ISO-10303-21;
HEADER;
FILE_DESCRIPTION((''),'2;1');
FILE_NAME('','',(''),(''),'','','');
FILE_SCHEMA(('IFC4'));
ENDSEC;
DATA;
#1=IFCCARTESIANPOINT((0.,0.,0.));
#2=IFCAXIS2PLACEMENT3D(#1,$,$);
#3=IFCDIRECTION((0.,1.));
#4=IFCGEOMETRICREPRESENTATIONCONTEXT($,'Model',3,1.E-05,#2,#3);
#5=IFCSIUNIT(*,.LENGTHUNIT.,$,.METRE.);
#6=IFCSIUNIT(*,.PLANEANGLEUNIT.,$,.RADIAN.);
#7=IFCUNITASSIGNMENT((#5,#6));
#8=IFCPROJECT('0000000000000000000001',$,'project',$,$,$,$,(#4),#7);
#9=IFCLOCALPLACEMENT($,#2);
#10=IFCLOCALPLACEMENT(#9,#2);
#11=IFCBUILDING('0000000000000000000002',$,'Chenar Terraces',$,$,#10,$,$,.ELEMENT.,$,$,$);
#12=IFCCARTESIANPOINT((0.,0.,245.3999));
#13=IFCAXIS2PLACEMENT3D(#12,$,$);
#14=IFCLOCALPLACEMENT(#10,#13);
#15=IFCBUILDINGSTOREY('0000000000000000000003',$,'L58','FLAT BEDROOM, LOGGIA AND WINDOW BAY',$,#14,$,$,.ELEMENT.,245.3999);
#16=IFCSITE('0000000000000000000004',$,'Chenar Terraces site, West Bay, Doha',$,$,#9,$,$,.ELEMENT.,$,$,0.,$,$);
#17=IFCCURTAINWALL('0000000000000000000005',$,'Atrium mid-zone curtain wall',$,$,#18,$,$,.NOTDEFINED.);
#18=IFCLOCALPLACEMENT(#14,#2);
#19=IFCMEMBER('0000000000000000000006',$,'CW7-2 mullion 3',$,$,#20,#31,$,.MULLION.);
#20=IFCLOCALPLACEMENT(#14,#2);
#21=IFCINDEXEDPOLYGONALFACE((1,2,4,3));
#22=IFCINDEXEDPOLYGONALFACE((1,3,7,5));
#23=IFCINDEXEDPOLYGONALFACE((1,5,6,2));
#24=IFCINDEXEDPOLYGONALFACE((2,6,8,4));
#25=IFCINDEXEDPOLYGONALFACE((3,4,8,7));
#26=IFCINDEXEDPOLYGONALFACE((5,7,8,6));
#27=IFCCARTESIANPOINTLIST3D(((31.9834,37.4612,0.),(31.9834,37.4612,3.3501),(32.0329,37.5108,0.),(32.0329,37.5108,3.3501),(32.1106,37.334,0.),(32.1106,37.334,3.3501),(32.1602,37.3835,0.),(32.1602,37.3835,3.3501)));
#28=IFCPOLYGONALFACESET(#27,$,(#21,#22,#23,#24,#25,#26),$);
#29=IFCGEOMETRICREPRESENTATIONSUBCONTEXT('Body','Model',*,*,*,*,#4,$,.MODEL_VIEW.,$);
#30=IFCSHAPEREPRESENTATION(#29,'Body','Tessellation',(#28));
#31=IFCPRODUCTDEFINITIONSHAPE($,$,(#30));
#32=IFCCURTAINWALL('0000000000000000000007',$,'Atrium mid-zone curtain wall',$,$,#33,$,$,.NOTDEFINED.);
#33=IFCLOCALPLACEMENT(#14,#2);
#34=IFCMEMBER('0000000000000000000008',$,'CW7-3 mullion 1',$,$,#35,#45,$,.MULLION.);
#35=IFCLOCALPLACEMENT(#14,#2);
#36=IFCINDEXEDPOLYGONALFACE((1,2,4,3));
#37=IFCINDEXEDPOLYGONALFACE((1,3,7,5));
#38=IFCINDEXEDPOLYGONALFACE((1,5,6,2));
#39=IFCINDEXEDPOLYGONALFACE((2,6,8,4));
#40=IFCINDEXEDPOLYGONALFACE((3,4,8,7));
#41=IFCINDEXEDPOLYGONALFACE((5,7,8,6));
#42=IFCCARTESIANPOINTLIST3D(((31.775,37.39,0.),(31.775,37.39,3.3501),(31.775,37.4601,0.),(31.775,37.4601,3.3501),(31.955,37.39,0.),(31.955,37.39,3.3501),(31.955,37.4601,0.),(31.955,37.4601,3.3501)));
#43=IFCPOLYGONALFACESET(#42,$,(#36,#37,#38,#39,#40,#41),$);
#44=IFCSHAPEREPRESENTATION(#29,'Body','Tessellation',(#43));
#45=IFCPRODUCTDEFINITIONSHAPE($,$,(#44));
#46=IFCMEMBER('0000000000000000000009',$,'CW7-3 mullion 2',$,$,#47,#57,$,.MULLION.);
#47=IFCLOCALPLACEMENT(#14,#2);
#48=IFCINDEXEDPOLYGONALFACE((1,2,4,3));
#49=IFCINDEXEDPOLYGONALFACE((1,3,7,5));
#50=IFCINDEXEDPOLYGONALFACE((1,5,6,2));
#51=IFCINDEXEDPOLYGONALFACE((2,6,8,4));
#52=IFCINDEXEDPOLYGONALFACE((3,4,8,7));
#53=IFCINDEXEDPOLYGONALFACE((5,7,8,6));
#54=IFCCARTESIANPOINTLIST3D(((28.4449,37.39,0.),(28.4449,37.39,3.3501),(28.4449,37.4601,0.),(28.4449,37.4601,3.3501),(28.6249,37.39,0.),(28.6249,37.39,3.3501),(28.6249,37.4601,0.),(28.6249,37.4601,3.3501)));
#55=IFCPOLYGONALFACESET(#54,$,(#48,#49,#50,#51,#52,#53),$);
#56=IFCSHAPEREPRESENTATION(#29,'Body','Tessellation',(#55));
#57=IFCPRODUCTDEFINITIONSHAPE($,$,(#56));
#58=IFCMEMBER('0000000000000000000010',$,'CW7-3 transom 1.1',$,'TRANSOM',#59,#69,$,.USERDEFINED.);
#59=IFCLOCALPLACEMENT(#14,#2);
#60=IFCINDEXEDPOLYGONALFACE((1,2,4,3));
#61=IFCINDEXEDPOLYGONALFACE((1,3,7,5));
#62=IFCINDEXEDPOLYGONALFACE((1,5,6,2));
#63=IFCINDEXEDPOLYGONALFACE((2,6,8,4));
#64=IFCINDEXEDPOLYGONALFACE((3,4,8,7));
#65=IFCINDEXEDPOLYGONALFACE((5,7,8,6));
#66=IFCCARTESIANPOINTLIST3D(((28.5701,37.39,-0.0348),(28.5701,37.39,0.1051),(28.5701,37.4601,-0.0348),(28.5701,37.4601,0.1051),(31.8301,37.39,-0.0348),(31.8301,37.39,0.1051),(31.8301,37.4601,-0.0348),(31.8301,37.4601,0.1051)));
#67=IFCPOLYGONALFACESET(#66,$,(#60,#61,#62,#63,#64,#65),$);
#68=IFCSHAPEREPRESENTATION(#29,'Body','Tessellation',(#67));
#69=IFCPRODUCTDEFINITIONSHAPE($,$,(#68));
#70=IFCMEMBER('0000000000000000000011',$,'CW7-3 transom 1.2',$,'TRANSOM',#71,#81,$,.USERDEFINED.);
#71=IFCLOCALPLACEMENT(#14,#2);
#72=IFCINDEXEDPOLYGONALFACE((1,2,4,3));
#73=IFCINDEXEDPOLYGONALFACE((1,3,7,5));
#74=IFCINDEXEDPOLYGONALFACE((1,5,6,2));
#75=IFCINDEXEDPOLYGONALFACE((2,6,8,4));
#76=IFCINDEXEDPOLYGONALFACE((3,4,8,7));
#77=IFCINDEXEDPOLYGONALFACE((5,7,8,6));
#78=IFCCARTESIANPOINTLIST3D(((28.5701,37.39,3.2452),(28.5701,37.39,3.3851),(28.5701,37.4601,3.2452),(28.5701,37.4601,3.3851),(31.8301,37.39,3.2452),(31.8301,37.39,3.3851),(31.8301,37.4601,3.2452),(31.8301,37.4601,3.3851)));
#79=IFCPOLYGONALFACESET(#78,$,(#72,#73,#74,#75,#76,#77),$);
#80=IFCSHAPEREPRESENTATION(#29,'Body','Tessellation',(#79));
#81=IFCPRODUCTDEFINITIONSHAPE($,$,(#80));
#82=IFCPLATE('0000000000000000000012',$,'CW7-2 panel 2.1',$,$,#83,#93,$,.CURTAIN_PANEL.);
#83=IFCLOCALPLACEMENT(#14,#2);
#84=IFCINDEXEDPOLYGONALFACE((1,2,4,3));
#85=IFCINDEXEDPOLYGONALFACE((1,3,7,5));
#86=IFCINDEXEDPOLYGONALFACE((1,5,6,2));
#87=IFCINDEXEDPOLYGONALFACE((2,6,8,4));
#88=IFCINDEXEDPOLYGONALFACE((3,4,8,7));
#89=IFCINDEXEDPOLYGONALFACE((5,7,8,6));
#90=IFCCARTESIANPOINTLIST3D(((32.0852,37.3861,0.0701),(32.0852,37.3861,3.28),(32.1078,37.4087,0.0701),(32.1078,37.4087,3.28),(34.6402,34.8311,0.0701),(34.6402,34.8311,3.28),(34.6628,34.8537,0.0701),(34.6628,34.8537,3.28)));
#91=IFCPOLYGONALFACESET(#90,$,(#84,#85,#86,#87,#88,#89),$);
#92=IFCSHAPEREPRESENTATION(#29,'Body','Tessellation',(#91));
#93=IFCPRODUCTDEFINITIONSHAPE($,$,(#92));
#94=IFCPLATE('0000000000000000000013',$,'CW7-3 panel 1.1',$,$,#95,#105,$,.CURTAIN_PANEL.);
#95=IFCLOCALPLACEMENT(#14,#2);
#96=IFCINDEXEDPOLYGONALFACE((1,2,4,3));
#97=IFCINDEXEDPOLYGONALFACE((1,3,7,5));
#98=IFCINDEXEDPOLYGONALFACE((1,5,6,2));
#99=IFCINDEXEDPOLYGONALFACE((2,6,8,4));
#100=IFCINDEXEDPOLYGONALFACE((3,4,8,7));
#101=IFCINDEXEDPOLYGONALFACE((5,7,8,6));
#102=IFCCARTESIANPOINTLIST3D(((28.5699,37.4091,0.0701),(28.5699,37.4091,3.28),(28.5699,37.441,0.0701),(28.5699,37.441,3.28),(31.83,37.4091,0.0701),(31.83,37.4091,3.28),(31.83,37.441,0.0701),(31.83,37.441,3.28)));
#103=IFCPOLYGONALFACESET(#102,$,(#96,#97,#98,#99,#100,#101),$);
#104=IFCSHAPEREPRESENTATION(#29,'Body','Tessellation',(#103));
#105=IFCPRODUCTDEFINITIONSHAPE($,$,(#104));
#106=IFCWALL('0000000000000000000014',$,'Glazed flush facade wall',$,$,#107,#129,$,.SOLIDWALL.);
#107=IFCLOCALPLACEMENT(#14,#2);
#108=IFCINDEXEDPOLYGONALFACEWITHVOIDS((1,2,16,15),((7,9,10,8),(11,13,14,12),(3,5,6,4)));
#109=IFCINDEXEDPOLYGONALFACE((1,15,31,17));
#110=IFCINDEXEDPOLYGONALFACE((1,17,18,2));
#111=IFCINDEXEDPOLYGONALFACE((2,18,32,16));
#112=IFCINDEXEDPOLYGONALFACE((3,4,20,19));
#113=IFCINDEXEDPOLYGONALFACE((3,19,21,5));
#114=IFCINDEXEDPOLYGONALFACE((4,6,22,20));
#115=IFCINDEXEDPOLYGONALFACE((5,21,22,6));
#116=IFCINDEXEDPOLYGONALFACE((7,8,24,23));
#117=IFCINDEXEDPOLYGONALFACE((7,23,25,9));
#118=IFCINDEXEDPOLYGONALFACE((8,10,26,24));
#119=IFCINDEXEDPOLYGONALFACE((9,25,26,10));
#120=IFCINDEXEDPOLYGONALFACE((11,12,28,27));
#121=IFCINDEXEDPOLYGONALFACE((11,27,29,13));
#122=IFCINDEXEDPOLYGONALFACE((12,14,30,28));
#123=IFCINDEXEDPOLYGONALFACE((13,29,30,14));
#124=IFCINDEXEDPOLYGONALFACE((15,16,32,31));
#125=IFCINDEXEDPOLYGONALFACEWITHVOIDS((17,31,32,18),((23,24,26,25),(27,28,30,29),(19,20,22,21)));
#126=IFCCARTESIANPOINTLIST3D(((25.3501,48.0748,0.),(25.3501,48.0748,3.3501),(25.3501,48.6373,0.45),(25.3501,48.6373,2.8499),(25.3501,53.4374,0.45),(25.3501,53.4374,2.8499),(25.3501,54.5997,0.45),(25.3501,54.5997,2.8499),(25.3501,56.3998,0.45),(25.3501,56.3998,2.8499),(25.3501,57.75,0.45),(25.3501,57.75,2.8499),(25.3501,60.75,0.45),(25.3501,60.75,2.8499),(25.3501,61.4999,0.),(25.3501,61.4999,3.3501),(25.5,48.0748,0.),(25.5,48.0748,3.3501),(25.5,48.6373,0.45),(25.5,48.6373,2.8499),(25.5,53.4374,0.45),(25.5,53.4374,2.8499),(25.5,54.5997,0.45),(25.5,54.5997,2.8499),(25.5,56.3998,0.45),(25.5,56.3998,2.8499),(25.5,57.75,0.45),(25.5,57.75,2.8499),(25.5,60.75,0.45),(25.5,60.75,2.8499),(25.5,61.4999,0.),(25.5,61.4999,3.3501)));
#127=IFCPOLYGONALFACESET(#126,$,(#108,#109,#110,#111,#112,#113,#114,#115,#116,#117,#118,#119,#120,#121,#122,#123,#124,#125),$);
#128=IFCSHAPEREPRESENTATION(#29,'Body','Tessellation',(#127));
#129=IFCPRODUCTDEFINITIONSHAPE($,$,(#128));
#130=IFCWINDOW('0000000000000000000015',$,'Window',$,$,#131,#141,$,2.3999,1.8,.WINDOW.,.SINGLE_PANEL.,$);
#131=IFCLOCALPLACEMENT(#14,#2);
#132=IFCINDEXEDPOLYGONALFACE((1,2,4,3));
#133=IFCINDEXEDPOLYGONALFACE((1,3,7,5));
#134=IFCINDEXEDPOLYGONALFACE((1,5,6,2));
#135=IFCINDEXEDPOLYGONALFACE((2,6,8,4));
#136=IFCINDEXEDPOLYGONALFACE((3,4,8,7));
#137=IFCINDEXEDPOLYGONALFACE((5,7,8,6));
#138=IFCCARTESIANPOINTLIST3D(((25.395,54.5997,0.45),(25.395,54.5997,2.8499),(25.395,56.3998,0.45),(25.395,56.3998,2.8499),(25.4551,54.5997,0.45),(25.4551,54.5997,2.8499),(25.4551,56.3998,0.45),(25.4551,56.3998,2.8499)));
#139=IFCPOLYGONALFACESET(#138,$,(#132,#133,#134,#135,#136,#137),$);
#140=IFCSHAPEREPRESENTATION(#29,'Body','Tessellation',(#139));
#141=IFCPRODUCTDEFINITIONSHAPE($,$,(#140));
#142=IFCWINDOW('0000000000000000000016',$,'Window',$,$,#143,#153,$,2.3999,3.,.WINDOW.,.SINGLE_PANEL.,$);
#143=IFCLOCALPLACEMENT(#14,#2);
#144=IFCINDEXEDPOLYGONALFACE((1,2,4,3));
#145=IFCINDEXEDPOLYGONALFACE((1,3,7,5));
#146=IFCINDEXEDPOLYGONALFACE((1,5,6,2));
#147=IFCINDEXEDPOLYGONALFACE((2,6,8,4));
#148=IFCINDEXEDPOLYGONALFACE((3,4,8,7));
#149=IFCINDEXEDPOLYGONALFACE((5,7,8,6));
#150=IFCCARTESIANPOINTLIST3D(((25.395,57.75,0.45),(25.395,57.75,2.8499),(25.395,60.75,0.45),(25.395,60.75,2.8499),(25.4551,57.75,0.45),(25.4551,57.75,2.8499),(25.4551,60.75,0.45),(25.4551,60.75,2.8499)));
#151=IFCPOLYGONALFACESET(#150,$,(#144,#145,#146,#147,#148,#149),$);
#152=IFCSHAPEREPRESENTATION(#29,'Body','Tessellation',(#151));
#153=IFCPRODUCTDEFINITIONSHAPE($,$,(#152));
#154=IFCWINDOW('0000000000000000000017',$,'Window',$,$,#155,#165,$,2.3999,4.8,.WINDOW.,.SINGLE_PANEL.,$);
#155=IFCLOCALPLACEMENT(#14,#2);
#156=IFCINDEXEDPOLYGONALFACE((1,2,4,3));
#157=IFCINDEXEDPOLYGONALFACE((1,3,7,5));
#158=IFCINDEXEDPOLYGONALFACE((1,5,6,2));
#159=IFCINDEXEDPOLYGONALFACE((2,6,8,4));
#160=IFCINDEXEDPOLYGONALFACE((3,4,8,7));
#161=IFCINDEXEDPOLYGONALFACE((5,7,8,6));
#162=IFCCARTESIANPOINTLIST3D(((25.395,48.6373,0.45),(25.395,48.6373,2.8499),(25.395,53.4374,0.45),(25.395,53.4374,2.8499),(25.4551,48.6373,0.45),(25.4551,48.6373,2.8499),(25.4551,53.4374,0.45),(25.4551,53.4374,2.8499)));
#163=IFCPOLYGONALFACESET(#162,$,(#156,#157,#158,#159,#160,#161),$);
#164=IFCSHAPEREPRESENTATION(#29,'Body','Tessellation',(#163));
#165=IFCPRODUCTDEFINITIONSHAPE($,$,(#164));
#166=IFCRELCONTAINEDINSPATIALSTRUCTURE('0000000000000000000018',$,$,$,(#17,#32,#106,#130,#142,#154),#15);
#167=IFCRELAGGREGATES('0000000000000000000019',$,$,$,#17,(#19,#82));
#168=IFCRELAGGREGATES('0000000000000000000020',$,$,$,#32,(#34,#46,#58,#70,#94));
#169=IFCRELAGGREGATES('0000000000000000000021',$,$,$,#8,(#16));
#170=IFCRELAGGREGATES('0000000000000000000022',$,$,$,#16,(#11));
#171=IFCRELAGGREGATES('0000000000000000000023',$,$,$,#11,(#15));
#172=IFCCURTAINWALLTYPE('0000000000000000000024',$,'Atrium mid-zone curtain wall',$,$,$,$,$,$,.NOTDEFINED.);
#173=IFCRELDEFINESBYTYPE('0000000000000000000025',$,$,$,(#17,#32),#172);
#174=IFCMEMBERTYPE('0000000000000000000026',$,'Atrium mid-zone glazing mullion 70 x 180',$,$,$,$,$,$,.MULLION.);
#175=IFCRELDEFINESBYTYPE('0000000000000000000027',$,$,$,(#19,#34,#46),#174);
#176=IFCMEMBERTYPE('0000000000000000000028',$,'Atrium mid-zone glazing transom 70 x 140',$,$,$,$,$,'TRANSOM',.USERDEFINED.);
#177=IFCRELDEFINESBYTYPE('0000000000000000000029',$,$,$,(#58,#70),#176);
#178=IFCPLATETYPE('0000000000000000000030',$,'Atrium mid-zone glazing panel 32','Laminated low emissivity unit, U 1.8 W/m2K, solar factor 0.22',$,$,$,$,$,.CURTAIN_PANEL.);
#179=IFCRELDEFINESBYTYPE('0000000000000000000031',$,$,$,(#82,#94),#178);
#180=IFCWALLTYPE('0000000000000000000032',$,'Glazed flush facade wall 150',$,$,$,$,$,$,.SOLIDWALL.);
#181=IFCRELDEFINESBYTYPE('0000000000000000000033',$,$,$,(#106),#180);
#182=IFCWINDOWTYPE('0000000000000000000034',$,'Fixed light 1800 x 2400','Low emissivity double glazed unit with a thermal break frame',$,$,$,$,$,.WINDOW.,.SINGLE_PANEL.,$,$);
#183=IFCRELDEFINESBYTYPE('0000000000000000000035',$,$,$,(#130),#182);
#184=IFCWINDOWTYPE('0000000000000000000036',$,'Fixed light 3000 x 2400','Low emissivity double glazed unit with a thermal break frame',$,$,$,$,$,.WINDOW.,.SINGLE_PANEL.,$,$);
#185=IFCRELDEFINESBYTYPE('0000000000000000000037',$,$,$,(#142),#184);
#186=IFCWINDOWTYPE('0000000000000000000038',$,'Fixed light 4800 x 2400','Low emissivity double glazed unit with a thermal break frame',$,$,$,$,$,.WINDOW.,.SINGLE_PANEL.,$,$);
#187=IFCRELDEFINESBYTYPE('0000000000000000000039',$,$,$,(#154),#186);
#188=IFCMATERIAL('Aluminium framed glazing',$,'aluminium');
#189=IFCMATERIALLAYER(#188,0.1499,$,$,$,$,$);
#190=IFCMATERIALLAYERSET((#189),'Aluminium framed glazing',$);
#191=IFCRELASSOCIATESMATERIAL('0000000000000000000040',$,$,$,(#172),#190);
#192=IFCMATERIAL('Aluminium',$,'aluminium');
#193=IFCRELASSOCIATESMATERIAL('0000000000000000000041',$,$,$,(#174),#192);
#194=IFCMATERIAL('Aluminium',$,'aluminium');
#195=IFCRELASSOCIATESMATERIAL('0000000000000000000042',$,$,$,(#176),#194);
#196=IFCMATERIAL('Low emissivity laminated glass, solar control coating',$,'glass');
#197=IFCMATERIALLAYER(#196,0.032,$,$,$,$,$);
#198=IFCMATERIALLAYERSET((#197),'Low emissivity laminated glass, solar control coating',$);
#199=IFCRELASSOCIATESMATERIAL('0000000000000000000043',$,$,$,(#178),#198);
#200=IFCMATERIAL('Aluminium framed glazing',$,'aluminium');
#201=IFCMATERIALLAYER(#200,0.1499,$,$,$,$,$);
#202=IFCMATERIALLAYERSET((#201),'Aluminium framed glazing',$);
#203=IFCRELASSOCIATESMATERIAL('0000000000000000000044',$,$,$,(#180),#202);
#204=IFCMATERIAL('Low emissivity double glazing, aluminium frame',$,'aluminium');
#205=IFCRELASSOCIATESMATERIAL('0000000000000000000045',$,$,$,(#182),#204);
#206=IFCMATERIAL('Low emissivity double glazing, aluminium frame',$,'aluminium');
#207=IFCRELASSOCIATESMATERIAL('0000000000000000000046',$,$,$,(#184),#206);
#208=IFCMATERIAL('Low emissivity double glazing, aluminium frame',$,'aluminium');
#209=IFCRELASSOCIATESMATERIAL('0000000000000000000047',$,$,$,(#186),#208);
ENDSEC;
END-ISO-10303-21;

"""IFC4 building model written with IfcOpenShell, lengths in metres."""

from ifc_helpers import new_model, si_unit, direction, frame, frame_2d, origin, origin_2d, place, context, subcontext, project, spatial, rectangle, extrude, material, layer, layer_set, material_profile, profile_set, type_object, element, fill, aggregate, save


model = new_model("IFC4")

# Units and contexts
model_context = context("Model", 3, precision=1e-05, world=origin(), true_north=direction((0.0, 1.0)))
body_context = subcontext(model_context, "Body", "Model", "MODEL_VIEW")
ifc_project = project(units=[si_unit("LENGTHUNIT", "METRE"), si_unit("PLANEANGLEUNIT", "RADIAN")], contexts=[model_context])

# Site, building, storey
site_placement = place(None, origin())
site = spatial("IfcSite", under=ifc_project, at=site_placement, Name="Chenar Terraces site, West Bay, Doha", CompositionType="ELEMENT", RefElevation=0.0)
building_placement = place(site_placement, origin())
building = spatial("IfcBuilding", under=site, at=building_placement, Name="Chenar Terraces", CompositionType="ELEMENT")
storey_placement = place(building_placement, frame((0.0, 0.0, 245.3999)))
storey = spatial("IfcBuildingStorey", under=building, at=storey_placement, Name="L58", Description="FLAT BEDROOM, LOGGIA AND WINDOW BAY", CompositionType="ELEMENT", Elevation=245.3999)

# Curtain wall, member
ifc_material_1 = material(Name="Aluminium framed glazing", Category="aluminium")
ifc_layer_1 = layer(ifc_material_1, 0.1499)
ifc_layer_set_1 = layer_set([ifc_layer_1], Name="Aluminium framed glazing")
curtain_wall_type = type_object("IfcCurtainWallType", Name="Atrium mid-zone curtain wall", PredefinedType="NOTDEFINED", material=ifc_layer_set_1)
placement = place(storey_placement, origin())
curtain_wall_1 = element("IfcCurtainWall", 1, at=placement, inside=storey, type_object=curtain_wall_type, Name="Atrium mid-zone curtain wall", PredefinedType="NOTDEFINED")
ifc_material_2 = material(Name="Aluminium", Category="aluminium")
ifc_material_profile_1 = material_profile(ifc_material_2, rectangle(XDim=0.0701, YDim=0.1799, at=origin_2d()), Name="Atrium mid-zone glazing mullion 70 x 180")
ifc_profile_set_1 = profile_set([ifc_material_profile_1], Name="Aluminium")
member_type_1 = type_object("IfcMemberType", Name="Atrium mid-zone glazing mullion 70 x 180", PredefinedType="MULLION", material=ifc_profile_set_1)
member_1_placement = place(storey_placement, frame((32.0718, 37.4224, 0.0), z_axis=(0.0, 0.0, 1.0), x_axis=(-0.707107, -0.707107, 0.0)))
member_1 = element("IfcMember", 2, at=member_1_placement, type_object=member_type_1, Name="CW7-2 mullion 3", PredefinedType="MULLION", context=body_context, shape_type="SweptSolid", body=[
    extrude(rectangle(XDim=0.0701, YDim=0.1799, at=origin_2d()), origin(), (0.0, 0.0, 1.0), 3.3501),
])

# Curtain wall, members
curtain_wall_2 = element("IfcCurtainWall", 3, at=placement, inside=storey, type_object=curtain_wall_type, Name="Atrium mid-zone curtain wall", PredefinedType="NOTDEFINED")
member_2_placement = place(storey_placement, frame((31.865, 37.425, 0.0), z_axis=(0.0, 0.0, 1.0), x_axis=(0.0, -1.0, 0.0)))
member_2 = element("IfcMember", 4, at=member_2_placement, type_object=member_type_1, Name="CW7-3 mullion 1", PredefinedType="MULLION", context=body_context, shape_type="SweptSolid", body=[
    extrude(rectangle(XDim=0.0701, YDim=0.1799, at=origin_2d()), origin(), (0.0, 0.0, 1.0), 3.3501),
])
member_3_placement = place(storey_placement, frame((28.5349, 37.425, 0.0), z_axis=(0.0, 0.0, 1.0), x_axis=(0.0, -1.0, 0.0)))
member_3 = element("IfcMember", 5, at=member_3_placement, type_object=member_type_1, Name="CW7-3 mullion 2", PredefinedType="MULLION", context=body_context, shape_type="SweptSolid", body=[
    extrude(rectangle(XDim=0.0701, YDim=0.1799, at=origin_2d()), origin(), (0.0, 0.0, 1.0), 3.3501),
])
ifc_material_3 = material(Name="Aluminium", Category="aluminium")
ifc_material_profile_2 = material_profile(ifc_material_3, rectangle(XDim=0.0701, YDim=0.1399, at=origin_2d()), Name="Atrium mid-zone glazing transom 70 x 140")
ifc_profile_set_2 = profile_set([ifc_material_profile_2], Name="Aluminium")
member_type_2 = type_object("IfcMemberType", Name="Atrium mid-zone glazing transom 70 x 140", ElementType="TRANSOM", PredefinedType="USERDEFINED", material=ifc_profile_set_2)
member_4_placement = place(storey_placement, frame((31.8301, 37.425, 0.0352), z_axis=(-1.0, 0.0, 0.0), x_axis=(0.0, -1.0, 0.0)))
member_4 = element("IfcMember", 6, at=member_4_placement, type_object=member_type_2, Name="CW7-3 transom 1.1", ObjectType="TRANSOM", PredefinedType="USERDEFINED", context=body_context, shape_type="SweptSolid", body=[
    extrude(rectangle(XDim=0.0701, YDim=0.1399, at=origin_2d()), origin(), (0.0, 0.0, 1.0), 3.26),
])
member_5_placement = place(storey_placement, frame((31.8301, 37.425, 3.3152), z_axis=(-1.0, 0.0, 0.0), x_axis=(0.0, -1.0, 0.0)))
member_5 = element("IfcMember", 7, at=member_5_placement, type_object=member_type_2, Name="CW7-3 transom 1.2", ObjectType="TRANSOM", PredefinedType="USERDEFINED", context=body_context, shape_type="SweptSolid", body=[
    extrude(rectangle(XDim=0.0701, YDim=0.1399, at=origin_2d()), origin(), (0.0, 0.0, 1.0), 3.26),
])

# Plates
ifc_material_4 = material(Name="Low emissivity laminated glass, solar control coating", Category="glass")
ifc_layer_2 = layer(ifc_material_4, 0.032)
ifc_layer_set_2 = layer_set([ifc_layer_2], Name="Low emissivity laminated glass, solar control coating")
plate_type = type_object("IfcPlateType", Name="Atrium mid-zone glazing panel 32", Description="Laminated low emissivity unit, U 1.8 W/m2K, solar factor 0.22", PredefinedType="CURTAIN_PANEL", material=ifc_layer_set_2)
plate_1_placement = place(storey_placement, frame((33.374, 36.1199, 0.0701), z_axis=(0.0, 0.0, 1.0), x_axis=(-0.707107, 0.707107, 0.0)))
plate_1 = element("IfcPlate", 8, at=plate_1_placement, type_object=plate_type, Name="CW7-2 panel 2.1", PredefinedType="CURTAIN_PANEL", context=body_context, shape_type="SweptSolid", body=[
    extrude(rectangle(XDim=3.6133, YDim=0.032, at=origin_2d()), origin(), (0.0, 0.0, 1.0), 3.21),
])
aggregate(curtain_wall_1, [member_1, plate_1])
plate_2_placement = place(storey_placement, frame((30.2, 37.425, 0.0701), z_axis=(0.0, 0.0, 1.0), x_axis=(-1.0, 0.0, 0.0)))
plate_2 = element("IfcPlate", 9, at=plate_2_placement, type_object=plate_type, Name="CW7-3 panel 1.1", PredefinedType="CURTAIN_PANEL", context=body_context, shape_type="SweptSolid", body=[
    extrude(rectangle(XDim=3.26, YDim=0.032, at=origin_2d()), origin(), (0.0, 0.0, 1.0), 3.21),
])
aggregate(curtain_wall_2, [member_2, member_3, member_4, member_5, plate_2])

# Wall, openings, windows
ifc_material_5 = material(Name="Aluminium framed glazing", Category="aluminium")
ifc_layer_3 = layer(ifc_material_5, 0.1499)
ifc_layer_set_3 = layer_set([ifc_layer_3], Name="Aluminium framed glazing")
wall_type_1 = type_object("IfcWallType", Name="Glazed flush facade wall 150", PredefinedType="SOLIDWALL", material=ifc_layer_set_3)
wall_1_placement = place(storey_placement, frame((25.425, 48.075, 0.0), z_axis=(0.0, 0.0, 1.0), x_axis=(0.0, 1.0, 0.0)))
wall_1 = element("IfcWall", 10, at=wall_1_placement, inside=storey, type_object=wall_type_1, Name="Glazed flush facade wall", PredefinedType="SOLIDWALL", context=body_context, shape_type="SweptSolid", body=[
    extrude(rectangle(XDim=13.425, YDim=0.1499, at=frame_2d((6.7124, 0.0))), origin(), (0.0, 0.0, 1.0), 3.3501),
])
opening_1_placement = place(wall_1_placement, frame((0.5625, 0.0, 0.45)))
opening_1 = element("IfcOpeningElement", 11, at=opening_1_placement, cuts=wall_1, PredefinedType="OPENING", context=body_context, shape_type="SweptSolid", body=[
    extrude(rectangle(XDim=4.8, YDim=2.3999, at=frame_2d((2.3999, 1.2))), frame((0.0, 0.085, 0.0), z_axis=(0.0, -1.0, 0.0), x_axis=(1.0, 0.0, 0.0)), (0.0, 0.0, 1.0), 0.1699),
])
opening_2_placement = place(wall_1_placement, frame((6.5249, 0.0, 0.45)))
opening_2 = element("IfcOpeningElement", 12, at=opening_2_placement, cuts=wall_1, PredefinedType="OPENING", context=body_context, shape_type="SweptSolid", body=[
    extrude(rectangle(XDim=1.8, YDim=2.3999, at=frame_2d((0.8999, 1.2))), frame((0.0, 0.085, 0.0), z_axis=(0.0, -1.0, 0.0), x_axis=(1.0, 0.0, 0.0)), (0.0, 0.0, 1.0), 0.1699),
])
opening_3_placement = place(wall_1_placement, frame((9.675, 0.0, 0.45)))
opening_3 = element("IfcOpeningElement", 13, at=opening_3_placement, cuts=wall_1, PredefinedType="OPENING", context=body_context, shape_type="SweptSolid", body=[
    extrude(rectangle(XDim=3.0, YDim=2.3999, at=frame_2d((1.5, 1.2))), frame((0.0, 0.085, 0.0), z_axis=(0.0, -1.0, 0.0), x_axis=(1.0, 0.0, 0.0)), (0.0, 0.0, 1.0), 0.1699),
])
ifc_material_6 = material(Name="Low emissivity double glazing, aluminium frame", Category="aluminium")
window_type_1 = type_object("IfcWindowType", Name="Fixed light 1800 x 2400", Description="Low emissivity double glazed unit with a thermal break frame", PartitioningType="SINGLE_PANEL", PredefinedType="WINDOW", material=ifc_material_6)
window_1_placement = place(opening_2_placement, origin())
window_1 = element("IfcWindow", 14, at=window_1_placement, inside=storey, type_object=window_type_1, Name="Window", OverallHeight=2.3999, OverallWidth=1.8, PartitioningType="SINGLE_PANEL", PredefinedType="WINDOW", context=body_context, shape_type="SweptSolid", body=[
    extrude(rectangle(XDim=1.8, YDim=2.3999, at=frame_2d((0.8999, 1.2))), frame((0.0, 0.03, 0.0), z_axis=(0.0, -1.0, 0.0), x_axis=(1.0, 0.0, 0.0)), (0.0, 0.0, 1.0), 0.0601),
])
fill(opening_2, window_1)
ifc_material_7 = material(Name="Low emissivity double glazing, aluminium frame", Category="aluminium")
window_type_2 = type_object("IfcWindowType", Name="Fixed light 3000 x 2400", Description="Low emissivity double glazed unit with a thermal break frame", PartitioningType="SINGLE_PANEL", PredefinedType="WINDOW", material=ifc_material_7)
window_2_placement = place(opening_3_placement, origin())
window_2 = element("IfcWindow", 15, at=window_2_placement, inside=storey, type_object=window_type_2, Name="Window", OverallHeight=2.3999, OverallWidth=3.0, PartitioningType="SINGLE_PANEL", PredefinedType="WINDOW", context=body_context, shape_type="SweptSolid", body=[
    extrude(rectangle(XDim=3.0, YDim=2.3999, at=frame_2d((1.5, 1.2))), frame((0.0, 0.03, 0.0), z_axis=(0.0, -1.0, 0.0), x_axis=(1.0, 0.0, 0.0)), (0.0, 0.0, 1.0), 0.0601),
])
fill(opening_3, window_2)
ifc_material_8 = material(Name="Low emissivity double glazing, aluminium frame", Category="aluminium")
window_type_3 = type_object("IfcWindowType", Name="Fixed light 4800 x 2400", Description="Low emissivity double glazed unit with a thermal break frame", PartitioningType="SINGLE_PANEL", PredefinedType="WINDOW", material=ifc_material_8)
window_3_placement = place(opening_1_placement, origin())
window_3 = element("IfcWindow", 16, at=window_3_placement, inside=storey, type_object=window_type_3, Name="Window", OverallHeight=2.3999, OverallWidth=4.8, PartitioningType="SINGLE_PANEL", PredefinedType="WINDOW", context=body_context, shape_type="SweptSolid", body=[
    extrude(rectangle(XDim=4.8, YDim=2.3999, at=frame_2d((2.3999, 1.2))), frame((0.0, 0.03, 0.0), z_axis=(0.0, -1.0, 0.0), x_axis=(1.0, 0.0, 0.0)), (0.0, 0.0, 1.0), 0.0601),
])
fill(opening_1, window_3)

save(model, "model.ifc")
